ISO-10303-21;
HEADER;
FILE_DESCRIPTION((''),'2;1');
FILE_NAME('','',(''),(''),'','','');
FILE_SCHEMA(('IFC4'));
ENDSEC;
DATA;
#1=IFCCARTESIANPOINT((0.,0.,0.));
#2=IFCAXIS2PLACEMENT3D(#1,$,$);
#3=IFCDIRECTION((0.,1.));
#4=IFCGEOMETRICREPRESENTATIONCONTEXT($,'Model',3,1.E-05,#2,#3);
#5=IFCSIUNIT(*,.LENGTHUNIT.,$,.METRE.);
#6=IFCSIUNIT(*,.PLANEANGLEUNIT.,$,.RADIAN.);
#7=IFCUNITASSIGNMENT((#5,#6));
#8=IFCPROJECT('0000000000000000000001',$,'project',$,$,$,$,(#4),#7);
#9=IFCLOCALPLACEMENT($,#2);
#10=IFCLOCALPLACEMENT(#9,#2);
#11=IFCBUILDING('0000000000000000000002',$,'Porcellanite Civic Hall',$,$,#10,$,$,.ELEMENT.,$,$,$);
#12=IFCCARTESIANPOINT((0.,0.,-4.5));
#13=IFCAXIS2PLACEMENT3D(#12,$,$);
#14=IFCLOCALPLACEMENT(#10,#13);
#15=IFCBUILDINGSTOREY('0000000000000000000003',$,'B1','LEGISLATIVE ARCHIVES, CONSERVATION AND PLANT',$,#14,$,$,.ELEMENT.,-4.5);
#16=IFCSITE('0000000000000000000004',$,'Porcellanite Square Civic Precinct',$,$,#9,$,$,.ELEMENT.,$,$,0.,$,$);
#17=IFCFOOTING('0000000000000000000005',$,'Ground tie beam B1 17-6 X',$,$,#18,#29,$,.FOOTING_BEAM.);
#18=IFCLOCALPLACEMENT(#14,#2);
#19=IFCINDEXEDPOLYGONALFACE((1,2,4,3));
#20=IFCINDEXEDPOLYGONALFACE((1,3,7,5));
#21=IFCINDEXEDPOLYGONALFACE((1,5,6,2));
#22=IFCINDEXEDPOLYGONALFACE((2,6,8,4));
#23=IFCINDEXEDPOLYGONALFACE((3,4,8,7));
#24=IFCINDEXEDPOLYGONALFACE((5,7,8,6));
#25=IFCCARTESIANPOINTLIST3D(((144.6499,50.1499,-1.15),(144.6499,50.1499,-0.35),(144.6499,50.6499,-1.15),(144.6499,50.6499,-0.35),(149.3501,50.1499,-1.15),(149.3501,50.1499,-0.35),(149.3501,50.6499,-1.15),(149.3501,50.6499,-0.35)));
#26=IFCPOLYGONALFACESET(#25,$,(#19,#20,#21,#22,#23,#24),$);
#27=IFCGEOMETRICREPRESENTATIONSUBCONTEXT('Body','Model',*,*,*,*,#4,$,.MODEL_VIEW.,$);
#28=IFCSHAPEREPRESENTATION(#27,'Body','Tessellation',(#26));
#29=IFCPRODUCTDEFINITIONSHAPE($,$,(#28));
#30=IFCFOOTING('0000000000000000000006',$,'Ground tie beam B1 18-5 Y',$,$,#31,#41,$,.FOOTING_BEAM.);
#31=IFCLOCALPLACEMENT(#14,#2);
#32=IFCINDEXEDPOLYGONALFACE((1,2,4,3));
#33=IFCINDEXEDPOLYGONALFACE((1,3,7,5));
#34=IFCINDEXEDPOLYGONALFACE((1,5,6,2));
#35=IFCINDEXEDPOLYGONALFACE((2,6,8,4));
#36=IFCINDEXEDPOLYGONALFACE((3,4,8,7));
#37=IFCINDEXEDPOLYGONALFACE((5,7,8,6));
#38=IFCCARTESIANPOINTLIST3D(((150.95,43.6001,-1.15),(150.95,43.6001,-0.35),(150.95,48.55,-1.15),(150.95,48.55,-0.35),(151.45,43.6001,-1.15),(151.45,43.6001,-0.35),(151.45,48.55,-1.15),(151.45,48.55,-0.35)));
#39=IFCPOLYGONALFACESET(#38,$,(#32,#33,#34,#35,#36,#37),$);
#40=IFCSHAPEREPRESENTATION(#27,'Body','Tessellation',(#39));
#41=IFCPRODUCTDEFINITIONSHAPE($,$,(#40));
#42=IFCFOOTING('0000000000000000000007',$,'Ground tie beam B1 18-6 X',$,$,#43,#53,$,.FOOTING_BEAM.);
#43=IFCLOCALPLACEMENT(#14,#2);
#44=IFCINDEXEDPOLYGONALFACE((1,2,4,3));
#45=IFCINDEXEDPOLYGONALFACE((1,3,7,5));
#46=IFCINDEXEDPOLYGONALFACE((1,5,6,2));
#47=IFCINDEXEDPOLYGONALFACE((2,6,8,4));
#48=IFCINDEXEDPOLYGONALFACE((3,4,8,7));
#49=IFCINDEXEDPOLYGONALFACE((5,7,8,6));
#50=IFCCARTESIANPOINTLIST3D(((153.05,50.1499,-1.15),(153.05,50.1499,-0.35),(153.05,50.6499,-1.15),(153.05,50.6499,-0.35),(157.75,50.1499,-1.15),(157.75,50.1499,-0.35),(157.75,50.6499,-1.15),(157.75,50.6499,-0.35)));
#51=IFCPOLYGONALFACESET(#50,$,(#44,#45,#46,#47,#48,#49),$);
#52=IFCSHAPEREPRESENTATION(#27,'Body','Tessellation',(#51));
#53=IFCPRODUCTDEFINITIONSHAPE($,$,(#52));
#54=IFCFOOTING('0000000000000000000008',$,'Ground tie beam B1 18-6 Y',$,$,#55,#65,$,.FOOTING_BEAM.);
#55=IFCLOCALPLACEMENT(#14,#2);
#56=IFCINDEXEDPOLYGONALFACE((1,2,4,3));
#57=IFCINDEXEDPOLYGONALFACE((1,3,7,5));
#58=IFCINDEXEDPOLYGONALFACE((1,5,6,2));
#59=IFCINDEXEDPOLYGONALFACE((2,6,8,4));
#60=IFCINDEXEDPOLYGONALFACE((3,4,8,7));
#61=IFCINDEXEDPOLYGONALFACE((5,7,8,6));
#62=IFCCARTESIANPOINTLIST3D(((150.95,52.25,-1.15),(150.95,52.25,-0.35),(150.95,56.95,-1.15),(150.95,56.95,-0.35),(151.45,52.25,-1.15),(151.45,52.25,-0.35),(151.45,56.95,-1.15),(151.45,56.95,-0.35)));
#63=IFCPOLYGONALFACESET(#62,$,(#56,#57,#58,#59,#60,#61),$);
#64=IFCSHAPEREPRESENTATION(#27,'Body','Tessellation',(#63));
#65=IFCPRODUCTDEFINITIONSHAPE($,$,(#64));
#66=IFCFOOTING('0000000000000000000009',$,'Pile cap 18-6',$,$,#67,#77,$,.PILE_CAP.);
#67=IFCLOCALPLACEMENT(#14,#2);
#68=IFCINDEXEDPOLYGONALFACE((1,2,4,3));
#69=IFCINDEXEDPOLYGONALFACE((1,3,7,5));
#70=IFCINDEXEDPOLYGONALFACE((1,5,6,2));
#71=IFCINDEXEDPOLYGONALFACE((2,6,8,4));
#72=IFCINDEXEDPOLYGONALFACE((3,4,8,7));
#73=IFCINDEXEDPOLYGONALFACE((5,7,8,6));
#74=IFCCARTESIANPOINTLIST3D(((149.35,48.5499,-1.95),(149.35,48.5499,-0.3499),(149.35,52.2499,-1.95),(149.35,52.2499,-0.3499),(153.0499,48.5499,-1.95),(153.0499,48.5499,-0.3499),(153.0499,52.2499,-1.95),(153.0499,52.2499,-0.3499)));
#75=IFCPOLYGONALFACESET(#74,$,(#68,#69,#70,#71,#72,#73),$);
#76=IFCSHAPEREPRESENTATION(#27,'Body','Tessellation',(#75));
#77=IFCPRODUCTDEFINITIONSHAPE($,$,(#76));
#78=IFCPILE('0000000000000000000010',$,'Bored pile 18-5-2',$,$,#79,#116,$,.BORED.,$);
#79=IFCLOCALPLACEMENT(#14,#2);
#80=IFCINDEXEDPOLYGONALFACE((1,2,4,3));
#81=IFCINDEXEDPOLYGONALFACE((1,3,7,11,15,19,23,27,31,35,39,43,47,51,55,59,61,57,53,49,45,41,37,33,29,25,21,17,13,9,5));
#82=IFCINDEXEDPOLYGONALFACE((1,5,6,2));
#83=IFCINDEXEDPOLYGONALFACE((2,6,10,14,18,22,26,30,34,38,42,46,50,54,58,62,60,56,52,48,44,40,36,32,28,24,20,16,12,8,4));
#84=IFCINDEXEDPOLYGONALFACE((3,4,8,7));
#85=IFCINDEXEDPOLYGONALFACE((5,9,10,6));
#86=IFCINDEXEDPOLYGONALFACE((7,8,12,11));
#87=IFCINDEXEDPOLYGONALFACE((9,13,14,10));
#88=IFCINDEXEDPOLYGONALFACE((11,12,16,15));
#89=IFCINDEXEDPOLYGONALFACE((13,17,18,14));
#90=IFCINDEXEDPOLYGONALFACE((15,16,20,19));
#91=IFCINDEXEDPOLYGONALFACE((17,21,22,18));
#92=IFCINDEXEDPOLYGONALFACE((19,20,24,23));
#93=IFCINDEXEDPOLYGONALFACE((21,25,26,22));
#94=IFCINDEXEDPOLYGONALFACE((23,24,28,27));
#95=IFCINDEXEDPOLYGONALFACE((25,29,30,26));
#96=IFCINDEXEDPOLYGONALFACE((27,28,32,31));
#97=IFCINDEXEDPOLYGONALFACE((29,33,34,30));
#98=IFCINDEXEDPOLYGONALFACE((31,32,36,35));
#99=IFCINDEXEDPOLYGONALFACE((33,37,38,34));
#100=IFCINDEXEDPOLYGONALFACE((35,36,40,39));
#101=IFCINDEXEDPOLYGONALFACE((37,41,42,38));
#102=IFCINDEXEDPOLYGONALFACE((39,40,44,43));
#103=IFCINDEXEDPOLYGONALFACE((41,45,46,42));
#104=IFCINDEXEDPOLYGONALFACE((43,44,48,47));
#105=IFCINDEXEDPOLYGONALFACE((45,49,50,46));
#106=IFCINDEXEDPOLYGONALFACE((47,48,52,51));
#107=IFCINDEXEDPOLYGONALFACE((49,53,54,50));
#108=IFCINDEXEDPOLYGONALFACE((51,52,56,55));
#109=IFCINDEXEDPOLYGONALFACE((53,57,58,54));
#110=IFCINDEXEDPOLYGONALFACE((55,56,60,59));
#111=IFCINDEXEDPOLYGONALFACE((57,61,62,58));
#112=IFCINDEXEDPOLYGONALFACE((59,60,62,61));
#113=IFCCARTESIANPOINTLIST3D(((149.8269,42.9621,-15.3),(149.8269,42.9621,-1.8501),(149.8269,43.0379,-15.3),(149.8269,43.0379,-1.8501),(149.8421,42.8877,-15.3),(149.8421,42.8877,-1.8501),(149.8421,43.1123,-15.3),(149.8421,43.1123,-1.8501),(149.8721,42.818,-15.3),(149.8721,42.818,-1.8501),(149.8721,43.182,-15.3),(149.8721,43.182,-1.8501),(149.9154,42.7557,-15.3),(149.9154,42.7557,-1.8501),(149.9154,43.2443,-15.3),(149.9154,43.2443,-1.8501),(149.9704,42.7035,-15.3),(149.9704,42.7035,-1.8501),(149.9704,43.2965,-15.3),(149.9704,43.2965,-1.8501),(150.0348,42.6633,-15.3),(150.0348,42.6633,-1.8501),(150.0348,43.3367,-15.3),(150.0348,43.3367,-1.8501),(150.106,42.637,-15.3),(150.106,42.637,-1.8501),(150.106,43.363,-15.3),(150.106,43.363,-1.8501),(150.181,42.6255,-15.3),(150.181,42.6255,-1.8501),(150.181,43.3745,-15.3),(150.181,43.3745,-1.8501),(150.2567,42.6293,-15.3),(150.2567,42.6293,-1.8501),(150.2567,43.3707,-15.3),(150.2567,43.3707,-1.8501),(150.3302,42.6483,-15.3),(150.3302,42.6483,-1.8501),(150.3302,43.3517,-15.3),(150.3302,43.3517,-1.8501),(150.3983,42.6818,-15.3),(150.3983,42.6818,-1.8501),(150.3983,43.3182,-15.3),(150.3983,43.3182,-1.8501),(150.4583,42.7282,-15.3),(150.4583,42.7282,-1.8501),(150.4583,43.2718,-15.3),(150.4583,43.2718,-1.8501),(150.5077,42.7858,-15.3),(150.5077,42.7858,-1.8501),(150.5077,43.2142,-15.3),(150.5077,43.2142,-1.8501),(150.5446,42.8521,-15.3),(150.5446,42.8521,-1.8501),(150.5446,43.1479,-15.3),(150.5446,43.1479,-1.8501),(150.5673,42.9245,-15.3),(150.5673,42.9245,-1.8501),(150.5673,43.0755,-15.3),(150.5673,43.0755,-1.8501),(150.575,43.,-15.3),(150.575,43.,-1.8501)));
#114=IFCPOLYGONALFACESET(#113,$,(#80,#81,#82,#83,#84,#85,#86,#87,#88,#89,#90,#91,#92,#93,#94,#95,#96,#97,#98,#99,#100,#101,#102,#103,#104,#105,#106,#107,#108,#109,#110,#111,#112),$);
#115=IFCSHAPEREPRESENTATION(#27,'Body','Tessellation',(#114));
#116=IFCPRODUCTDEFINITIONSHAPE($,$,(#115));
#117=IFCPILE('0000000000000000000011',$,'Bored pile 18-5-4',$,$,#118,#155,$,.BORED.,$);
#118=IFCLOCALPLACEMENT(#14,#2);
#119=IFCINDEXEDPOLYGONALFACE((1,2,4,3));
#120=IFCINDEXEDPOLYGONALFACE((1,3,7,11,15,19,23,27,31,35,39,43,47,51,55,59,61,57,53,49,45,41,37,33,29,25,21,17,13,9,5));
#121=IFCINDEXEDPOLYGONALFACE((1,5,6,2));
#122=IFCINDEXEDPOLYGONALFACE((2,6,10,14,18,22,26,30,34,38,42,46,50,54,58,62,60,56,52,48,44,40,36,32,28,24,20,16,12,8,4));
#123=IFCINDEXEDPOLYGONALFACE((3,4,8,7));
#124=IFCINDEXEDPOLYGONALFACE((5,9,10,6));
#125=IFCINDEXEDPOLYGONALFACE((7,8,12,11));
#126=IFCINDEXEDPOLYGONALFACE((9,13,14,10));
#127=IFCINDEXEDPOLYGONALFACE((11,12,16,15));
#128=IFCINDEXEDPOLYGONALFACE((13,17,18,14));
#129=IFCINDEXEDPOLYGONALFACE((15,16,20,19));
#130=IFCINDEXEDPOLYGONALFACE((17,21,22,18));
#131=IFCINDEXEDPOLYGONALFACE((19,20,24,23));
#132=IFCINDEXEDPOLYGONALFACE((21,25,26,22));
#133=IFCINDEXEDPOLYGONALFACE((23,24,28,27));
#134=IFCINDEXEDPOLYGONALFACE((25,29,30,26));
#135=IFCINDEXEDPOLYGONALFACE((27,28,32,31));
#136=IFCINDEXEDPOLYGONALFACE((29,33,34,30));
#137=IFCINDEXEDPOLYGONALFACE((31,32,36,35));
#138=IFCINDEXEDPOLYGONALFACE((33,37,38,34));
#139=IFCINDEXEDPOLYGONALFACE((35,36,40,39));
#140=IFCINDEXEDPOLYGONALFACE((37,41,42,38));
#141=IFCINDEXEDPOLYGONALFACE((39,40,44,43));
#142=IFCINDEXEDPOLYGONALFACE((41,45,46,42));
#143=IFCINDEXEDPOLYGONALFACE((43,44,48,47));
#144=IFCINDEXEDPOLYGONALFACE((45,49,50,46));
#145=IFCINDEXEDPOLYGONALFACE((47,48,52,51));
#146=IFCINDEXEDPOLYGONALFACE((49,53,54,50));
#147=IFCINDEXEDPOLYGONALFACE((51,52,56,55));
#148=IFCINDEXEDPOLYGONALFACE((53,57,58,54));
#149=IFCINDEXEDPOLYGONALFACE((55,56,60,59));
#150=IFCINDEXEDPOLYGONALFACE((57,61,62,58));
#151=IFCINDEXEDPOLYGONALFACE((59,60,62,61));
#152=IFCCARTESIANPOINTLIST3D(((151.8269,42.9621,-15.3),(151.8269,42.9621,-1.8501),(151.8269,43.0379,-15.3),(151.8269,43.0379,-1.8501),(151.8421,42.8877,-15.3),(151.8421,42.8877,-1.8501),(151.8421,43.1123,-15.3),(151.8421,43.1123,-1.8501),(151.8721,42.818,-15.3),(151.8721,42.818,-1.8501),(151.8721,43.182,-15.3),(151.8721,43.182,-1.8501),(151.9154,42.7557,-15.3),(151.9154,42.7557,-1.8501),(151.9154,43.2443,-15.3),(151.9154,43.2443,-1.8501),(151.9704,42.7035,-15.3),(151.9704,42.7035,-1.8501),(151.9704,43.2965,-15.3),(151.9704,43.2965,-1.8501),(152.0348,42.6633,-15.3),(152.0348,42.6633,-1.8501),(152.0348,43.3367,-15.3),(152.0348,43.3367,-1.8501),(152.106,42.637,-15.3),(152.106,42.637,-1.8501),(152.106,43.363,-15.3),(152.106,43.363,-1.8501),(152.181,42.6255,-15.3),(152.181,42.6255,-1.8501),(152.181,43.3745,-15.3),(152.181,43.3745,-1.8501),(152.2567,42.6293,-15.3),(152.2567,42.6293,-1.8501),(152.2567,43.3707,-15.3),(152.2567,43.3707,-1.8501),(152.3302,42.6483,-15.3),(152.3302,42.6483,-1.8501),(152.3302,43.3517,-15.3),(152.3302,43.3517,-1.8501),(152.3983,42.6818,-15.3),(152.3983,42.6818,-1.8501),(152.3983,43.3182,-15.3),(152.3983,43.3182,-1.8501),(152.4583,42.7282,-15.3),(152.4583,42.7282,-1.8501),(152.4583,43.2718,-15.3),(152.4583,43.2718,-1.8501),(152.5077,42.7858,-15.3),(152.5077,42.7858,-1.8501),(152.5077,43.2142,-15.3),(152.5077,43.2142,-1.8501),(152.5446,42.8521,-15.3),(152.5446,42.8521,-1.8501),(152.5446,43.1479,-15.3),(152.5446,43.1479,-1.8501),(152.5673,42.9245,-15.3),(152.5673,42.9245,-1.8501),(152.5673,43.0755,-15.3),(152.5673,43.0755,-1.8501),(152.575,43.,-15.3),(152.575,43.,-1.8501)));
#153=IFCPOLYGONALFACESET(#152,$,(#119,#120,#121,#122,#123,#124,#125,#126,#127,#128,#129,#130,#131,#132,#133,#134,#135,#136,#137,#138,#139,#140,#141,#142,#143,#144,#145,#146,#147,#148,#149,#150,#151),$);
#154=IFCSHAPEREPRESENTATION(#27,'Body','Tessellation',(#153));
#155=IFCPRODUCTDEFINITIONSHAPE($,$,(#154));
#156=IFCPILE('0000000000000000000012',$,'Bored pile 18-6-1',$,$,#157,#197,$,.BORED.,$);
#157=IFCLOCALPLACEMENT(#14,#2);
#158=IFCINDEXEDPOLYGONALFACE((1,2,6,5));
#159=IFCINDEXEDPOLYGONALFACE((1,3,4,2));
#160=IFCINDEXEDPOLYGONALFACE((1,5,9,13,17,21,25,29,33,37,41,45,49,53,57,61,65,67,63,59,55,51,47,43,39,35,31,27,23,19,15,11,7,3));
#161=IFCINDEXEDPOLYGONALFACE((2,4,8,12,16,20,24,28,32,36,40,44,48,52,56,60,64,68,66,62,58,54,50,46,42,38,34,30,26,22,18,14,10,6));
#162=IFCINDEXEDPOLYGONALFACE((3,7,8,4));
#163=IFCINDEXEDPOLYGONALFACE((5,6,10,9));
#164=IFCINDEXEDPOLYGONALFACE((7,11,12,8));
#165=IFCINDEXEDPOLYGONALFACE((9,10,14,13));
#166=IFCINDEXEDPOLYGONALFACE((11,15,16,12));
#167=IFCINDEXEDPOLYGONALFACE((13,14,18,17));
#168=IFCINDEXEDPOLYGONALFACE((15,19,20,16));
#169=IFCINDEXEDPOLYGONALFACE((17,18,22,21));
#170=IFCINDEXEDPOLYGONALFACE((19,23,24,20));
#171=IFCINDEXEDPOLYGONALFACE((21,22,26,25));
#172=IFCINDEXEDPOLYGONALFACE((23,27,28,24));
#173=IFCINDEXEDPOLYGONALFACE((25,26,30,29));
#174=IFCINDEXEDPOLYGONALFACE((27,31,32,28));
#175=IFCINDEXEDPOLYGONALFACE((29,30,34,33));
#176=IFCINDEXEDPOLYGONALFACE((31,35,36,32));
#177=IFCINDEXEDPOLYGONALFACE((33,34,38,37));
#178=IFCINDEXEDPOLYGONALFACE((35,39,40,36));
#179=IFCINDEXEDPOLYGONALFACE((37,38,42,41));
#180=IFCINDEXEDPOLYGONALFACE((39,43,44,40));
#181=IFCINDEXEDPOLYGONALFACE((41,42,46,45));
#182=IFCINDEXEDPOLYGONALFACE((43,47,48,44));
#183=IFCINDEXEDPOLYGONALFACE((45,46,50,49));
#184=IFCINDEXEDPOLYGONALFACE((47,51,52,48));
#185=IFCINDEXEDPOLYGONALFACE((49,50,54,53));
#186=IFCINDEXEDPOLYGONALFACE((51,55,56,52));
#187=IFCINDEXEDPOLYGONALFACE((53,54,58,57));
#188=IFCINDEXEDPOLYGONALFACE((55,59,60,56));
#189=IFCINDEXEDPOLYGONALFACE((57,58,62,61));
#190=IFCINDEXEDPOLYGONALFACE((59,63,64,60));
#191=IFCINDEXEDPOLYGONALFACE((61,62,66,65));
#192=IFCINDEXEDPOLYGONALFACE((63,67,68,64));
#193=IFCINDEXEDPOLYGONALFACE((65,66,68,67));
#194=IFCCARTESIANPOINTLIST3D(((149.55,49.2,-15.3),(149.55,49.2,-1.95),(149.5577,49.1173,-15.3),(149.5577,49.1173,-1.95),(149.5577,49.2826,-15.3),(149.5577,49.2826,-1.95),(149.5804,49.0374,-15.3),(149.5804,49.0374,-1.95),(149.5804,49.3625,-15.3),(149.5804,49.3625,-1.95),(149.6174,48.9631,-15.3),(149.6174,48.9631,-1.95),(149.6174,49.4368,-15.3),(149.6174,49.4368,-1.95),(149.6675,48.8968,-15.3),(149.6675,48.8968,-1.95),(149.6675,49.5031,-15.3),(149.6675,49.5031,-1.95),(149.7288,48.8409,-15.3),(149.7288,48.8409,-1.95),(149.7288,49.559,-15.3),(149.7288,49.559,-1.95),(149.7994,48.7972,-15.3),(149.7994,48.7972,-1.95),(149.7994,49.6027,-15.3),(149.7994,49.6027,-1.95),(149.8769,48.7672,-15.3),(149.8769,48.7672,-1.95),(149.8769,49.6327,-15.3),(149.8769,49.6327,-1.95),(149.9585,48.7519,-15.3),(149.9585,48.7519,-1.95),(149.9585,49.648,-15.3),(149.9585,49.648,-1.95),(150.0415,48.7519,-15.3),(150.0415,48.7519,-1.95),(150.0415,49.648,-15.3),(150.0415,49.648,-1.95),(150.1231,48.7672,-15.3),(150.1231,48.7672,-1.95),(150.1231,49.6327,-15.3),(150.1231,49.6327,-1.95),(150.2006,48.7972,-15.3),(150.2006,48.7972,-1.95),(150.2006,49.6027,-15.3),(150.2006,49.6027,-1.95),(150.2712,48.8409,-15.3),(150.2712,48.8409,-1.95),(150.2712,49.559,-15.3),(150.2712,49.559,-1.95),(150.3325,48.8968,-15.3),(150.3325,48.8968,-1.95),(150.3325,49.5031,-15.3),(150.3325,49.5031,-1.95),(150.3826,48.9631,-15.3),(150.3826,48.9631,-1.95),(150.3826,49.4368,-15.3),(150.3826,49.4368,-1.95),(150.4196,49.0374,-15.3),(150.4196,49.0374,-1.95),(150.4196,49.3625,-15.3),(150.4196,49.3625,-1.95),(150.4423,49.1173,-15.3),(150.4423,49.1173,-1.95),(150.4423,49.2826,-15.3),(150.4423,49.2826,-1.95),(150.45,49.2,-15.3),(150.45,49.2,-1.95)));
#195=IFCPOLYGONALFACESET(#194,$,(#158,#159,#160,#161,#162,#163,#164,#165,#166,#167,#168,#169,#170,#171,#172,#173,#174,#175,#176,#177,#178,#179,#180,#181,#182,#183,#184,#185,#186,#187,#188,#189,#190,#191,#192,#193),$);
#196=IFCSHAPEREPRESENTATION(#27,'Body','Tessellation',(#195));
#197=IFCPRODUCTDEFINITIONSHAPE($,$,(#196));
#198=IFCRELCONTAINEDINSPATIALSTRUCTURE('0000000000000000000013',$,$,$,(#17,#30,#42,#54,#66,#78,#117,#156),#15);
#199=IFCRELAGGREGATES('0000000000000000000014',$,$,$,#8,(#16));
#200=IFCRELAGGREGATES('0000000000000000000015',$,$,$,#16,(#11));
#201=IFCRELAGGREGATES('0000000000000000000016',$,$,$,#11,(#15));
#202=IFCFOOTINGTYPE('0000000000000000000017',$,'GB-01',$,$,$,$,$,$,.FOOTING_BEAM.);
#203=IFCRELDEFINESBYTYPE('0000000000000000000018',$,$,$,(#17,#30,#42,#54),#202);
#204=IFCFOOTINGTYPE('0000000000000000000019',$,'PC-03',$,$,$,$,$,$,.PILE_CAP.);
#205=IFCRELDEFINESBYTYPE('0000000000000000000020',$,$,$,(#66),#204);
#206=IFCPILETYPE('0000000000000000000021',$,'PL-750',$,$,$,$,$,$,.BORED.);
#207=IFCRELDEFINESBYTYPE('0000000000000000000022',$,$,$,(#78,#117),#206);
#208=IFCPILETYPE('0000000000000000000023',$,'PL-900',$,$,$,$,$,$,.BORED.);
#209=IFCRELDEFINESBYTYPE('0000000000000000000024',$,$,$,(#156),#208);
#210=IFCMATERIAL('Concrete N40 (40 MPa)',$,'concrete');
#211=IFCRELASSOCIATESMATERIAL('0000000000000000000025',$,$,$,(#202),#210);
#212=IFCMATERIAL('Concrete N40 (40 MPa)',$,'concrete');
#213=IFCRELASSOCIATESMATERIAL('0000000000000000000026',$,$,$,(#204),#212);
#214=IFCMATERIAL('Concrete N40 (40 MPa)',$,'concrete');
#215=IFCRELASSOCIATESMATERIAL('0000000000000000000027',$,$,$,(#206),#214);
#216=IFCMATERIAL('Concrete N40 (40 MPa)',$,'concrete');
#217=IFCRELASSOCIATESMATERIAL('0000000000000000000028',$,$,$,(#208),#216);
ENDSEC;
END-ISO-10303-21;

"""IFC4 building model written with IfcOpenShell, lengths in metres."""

from ifc_helpers import new_model, si_unit, direction, frame, origin, origin_2d, place, context, subcontext, project, spatial, rectangle, circle, extrude, material, material_profile, profile_set, type_object, element, save


model = new_model("IFC4")

# Units and contexts
model_context = context("Model", 3, precision=1e-05, world=origin(), true_north=direction((0.0, 1.0)))
body_context = subcontext(model_context, "Body", "Model", "MODEL_VIEW")
ifc_project = project(units=[si_unit("LENGTHUNIT", "METRE"), si_unit("PLANEANGLEUNIT", "RADIAN")], contexts=[model_context])

# Site, building, storey
site_placement = place(None, origin())
site = spatial("IfcSite", under=ifc_project, at=site_placement, Name="Porcellanite Square Civic Precinct", CompositionType="ELEMENT", RefElevation=0.0)
building_placement = place(site_placement, origin())
building = spatial("IfcBuilding", under=site, at=building_placement, Name="Porcellanite Civic Hall", CompositionType="ELEMENT")
storey_placement = place(building_placement, frame((0.0, 0.0, -4.5)))
storey = spatial("IfcBuildingStorey", under=building, at=storey_placement, Name="B1", Description="LEGISLATIVE ARCHIVES, CONSERVATION AND PLANT", CompositionType="ELEMENT", Elevation=-4.5)

# Footings
ifc_material_1 = material(Name="Concrete N40 (40 MPa)", Category="concrete")
ifc_material_profile_1 = material_profile(ifc_material_1, rectangle(XDim=0.5, YDim=0.8, at=origin_2d()), Name="RC-500x800")
ifc_profile_set_1 = profile_set([ifc_material_profile_1], Name="Concrete N40 (40 MPa)")
footing_type_1 = type_object("IfcFootingType", Name="GB-01", PredefinedType="FOOTING_BEAM", material=ifc_profile_set_1)
footing_1_placement = place(storey_placement, frame((144.6499, 50.3999, -0.75), z_axis=(1.0, 0.0, 0.0), x_axis=(0.0, 1.0, 0.0)))
element("IfcFooting", 1, at=footing_1_placement, inside=storey, type_object=footing_type_1, Name="Ground tie beam B1 17-6 X", PredefinedType="FOOTING_BEAM", context=body_context, shape_type="SweptSolid", body=[
    extrude(rectangle(XDim=0.5, YDim=0.8, at=origin_2d()), origin(), (0.0, 0.0, 1.0), 4.7002),
])
footing_2_placement = place(storey_placement, frame((151.2, 43.6001, -0.75), z_axis=(0.0, 1.0, 0.0), x_axis=(-1.0, 0.0, 0.0)))
element("IfcFooting", 2, at=footing_2_placement, inside=storey, type_object=footing_type_1, Name="Ground tie beam B1 18-5 Y", PredefinedType="FOOTING_BEAM", context=body_context, shape_type="SweptSolid", body=[
    extrude(rectangle(XDim=0.5, YDim=0.8, at=origin_2d()), origin(), (0.0, 0.0, 1.0), 4.95),
])
for number, where, z_axis, x_axis, name in (
    (3, (153.05, 50.3999, -0.75), (1.0, 0.0, 0.0), (0.0, 1.0, 0.0), "Ground tie beam B1 18-6 X"),
    (4, (151.2, 52.25, -0.75), (0.0, 1.0, 0.0), (-1.0, 0.0, 0.0), "Ground tie beam B1 18-6 Y"),
):
    element("IfcFooting", number, at=place(storey_placement, frame(where, z_axis=z_axis, x_axis=x_axis)), inside=storey, type_object=footing_type_1, Name=name, PredefinedType="FOOTING_BEAM", context=body_context, shape_type="SweptSolid", body=[
        extrude(rectangle(XDim=0.5, YDim=0.8, at=origin_2d()), origin(), (0.0, 0.0, 1.0), 4.7),
    ])
ifc_material_2 = material(Name="Concrete N40 (40 MPa)", Category="concrete")
footing_type_2 = type_object("IfcFootingType", Name="PC-03", PredefinedType="PILE_CAP", material=ifc_material_2)
footing_3_placement = place(storey_placement, frame((151.2, 50.3999, -1.95), z_axis=(0.0, 0.0, 1.0), x_axis=(1.0, 0.0, 0.0)))
element("IfcFooting", 5, at=footing_3_placement, inside=storey, type_object=footing_type_2, Name="Pile cap 18-6", PredefinedType="PILE_CAP", context=body_context, shape_type="SweptSolid", body=[
    extrude(rectangle(XDim=3.7, YDim=3.7, at=origin_2d()), origin(), (0.0, 0.0, 1.0), 1.6001),
])

# Piles
ifc_material_3 = material(Name="Concrete N40 (40 MPa)", Category="concrete")
ifc_material_profile_2 = material_profile(ifc_material_3, circle(Radius=0.375, at=origin_2d()), Name="PILE-D750")
ifc_profile_set_2 = profile_set([ifc_material_profile_2], Name="Concrete N40 (40 MPa)")
pile_type_1 = type_object("IfcPileType", Name="PL-750", PredefinedType="BORED", material=ifc_profile_set_2)
for number, where, z_axis, x_axis, name in (
    (6, (150.2, 43.0, -1.8501), (0.0, 0.0, -1.0), (1.0, 0.0, 0.0), "Bored pile 18-5-2"),
    (7, (152.2, 43.0, -1.8501), (0.0, 0.0, -1.0), (1.0, 0.0, 0.0), "Bored pile 18-5-4"),
):
    element("IfcPile", number, at=place(storey_placement, frame(where, z_axis=z_axis, x_axis=x_axis)), inside=storey, type_object=pile_type_1, Name=name, PredefinedType="BORED", context=body_context, shape_type="SweptSolid", body=[
        extrude(circle(Radius=0.375, at=origin_2d()), origin(), (0.0, 0.0, 1.0), 13.45),
    ])
ifc_material_4 = material(Name="Concrete N40 (40 MPa)", Category="concrete")
ifc_material_profile_3 = material_profile(ifc_material_4, circle(Radius=0.45, at=origin_2d()), Name="PILE-D900")
ifc_profile_set_3 = profile_set([ifc_material_profile_3], Name="Concrete N40 (40 MPa)")
pile_type_2 = type_object("IfcPileType", Name="PL-900", PredefinedType="BORED", material=ifc_profile_set_3)
for number, where, z_axis, x_axis, name in (
    (8, (150.0, 49.2, -1.95), (0.0, 0.0, -1.0), (1.0, 0.0, 0.0), "Bored pile 18-6-1"),
):
    element("IfcPile", number, at=place(storey_placement, frame(where, z_axis=z_axis, x_axis=x_axis)), inside=storey, type_object=pile_type_2, Name=name, PredefinedType="BORED", context=body_context, shape_type="SweptSolid", body=[
        extrude(circle(Radius=0.45, at=origin_2d()), origin(), (0.0, 0.0, 1.0), 13.3501),
    ])

save(model, "model.ifc")
